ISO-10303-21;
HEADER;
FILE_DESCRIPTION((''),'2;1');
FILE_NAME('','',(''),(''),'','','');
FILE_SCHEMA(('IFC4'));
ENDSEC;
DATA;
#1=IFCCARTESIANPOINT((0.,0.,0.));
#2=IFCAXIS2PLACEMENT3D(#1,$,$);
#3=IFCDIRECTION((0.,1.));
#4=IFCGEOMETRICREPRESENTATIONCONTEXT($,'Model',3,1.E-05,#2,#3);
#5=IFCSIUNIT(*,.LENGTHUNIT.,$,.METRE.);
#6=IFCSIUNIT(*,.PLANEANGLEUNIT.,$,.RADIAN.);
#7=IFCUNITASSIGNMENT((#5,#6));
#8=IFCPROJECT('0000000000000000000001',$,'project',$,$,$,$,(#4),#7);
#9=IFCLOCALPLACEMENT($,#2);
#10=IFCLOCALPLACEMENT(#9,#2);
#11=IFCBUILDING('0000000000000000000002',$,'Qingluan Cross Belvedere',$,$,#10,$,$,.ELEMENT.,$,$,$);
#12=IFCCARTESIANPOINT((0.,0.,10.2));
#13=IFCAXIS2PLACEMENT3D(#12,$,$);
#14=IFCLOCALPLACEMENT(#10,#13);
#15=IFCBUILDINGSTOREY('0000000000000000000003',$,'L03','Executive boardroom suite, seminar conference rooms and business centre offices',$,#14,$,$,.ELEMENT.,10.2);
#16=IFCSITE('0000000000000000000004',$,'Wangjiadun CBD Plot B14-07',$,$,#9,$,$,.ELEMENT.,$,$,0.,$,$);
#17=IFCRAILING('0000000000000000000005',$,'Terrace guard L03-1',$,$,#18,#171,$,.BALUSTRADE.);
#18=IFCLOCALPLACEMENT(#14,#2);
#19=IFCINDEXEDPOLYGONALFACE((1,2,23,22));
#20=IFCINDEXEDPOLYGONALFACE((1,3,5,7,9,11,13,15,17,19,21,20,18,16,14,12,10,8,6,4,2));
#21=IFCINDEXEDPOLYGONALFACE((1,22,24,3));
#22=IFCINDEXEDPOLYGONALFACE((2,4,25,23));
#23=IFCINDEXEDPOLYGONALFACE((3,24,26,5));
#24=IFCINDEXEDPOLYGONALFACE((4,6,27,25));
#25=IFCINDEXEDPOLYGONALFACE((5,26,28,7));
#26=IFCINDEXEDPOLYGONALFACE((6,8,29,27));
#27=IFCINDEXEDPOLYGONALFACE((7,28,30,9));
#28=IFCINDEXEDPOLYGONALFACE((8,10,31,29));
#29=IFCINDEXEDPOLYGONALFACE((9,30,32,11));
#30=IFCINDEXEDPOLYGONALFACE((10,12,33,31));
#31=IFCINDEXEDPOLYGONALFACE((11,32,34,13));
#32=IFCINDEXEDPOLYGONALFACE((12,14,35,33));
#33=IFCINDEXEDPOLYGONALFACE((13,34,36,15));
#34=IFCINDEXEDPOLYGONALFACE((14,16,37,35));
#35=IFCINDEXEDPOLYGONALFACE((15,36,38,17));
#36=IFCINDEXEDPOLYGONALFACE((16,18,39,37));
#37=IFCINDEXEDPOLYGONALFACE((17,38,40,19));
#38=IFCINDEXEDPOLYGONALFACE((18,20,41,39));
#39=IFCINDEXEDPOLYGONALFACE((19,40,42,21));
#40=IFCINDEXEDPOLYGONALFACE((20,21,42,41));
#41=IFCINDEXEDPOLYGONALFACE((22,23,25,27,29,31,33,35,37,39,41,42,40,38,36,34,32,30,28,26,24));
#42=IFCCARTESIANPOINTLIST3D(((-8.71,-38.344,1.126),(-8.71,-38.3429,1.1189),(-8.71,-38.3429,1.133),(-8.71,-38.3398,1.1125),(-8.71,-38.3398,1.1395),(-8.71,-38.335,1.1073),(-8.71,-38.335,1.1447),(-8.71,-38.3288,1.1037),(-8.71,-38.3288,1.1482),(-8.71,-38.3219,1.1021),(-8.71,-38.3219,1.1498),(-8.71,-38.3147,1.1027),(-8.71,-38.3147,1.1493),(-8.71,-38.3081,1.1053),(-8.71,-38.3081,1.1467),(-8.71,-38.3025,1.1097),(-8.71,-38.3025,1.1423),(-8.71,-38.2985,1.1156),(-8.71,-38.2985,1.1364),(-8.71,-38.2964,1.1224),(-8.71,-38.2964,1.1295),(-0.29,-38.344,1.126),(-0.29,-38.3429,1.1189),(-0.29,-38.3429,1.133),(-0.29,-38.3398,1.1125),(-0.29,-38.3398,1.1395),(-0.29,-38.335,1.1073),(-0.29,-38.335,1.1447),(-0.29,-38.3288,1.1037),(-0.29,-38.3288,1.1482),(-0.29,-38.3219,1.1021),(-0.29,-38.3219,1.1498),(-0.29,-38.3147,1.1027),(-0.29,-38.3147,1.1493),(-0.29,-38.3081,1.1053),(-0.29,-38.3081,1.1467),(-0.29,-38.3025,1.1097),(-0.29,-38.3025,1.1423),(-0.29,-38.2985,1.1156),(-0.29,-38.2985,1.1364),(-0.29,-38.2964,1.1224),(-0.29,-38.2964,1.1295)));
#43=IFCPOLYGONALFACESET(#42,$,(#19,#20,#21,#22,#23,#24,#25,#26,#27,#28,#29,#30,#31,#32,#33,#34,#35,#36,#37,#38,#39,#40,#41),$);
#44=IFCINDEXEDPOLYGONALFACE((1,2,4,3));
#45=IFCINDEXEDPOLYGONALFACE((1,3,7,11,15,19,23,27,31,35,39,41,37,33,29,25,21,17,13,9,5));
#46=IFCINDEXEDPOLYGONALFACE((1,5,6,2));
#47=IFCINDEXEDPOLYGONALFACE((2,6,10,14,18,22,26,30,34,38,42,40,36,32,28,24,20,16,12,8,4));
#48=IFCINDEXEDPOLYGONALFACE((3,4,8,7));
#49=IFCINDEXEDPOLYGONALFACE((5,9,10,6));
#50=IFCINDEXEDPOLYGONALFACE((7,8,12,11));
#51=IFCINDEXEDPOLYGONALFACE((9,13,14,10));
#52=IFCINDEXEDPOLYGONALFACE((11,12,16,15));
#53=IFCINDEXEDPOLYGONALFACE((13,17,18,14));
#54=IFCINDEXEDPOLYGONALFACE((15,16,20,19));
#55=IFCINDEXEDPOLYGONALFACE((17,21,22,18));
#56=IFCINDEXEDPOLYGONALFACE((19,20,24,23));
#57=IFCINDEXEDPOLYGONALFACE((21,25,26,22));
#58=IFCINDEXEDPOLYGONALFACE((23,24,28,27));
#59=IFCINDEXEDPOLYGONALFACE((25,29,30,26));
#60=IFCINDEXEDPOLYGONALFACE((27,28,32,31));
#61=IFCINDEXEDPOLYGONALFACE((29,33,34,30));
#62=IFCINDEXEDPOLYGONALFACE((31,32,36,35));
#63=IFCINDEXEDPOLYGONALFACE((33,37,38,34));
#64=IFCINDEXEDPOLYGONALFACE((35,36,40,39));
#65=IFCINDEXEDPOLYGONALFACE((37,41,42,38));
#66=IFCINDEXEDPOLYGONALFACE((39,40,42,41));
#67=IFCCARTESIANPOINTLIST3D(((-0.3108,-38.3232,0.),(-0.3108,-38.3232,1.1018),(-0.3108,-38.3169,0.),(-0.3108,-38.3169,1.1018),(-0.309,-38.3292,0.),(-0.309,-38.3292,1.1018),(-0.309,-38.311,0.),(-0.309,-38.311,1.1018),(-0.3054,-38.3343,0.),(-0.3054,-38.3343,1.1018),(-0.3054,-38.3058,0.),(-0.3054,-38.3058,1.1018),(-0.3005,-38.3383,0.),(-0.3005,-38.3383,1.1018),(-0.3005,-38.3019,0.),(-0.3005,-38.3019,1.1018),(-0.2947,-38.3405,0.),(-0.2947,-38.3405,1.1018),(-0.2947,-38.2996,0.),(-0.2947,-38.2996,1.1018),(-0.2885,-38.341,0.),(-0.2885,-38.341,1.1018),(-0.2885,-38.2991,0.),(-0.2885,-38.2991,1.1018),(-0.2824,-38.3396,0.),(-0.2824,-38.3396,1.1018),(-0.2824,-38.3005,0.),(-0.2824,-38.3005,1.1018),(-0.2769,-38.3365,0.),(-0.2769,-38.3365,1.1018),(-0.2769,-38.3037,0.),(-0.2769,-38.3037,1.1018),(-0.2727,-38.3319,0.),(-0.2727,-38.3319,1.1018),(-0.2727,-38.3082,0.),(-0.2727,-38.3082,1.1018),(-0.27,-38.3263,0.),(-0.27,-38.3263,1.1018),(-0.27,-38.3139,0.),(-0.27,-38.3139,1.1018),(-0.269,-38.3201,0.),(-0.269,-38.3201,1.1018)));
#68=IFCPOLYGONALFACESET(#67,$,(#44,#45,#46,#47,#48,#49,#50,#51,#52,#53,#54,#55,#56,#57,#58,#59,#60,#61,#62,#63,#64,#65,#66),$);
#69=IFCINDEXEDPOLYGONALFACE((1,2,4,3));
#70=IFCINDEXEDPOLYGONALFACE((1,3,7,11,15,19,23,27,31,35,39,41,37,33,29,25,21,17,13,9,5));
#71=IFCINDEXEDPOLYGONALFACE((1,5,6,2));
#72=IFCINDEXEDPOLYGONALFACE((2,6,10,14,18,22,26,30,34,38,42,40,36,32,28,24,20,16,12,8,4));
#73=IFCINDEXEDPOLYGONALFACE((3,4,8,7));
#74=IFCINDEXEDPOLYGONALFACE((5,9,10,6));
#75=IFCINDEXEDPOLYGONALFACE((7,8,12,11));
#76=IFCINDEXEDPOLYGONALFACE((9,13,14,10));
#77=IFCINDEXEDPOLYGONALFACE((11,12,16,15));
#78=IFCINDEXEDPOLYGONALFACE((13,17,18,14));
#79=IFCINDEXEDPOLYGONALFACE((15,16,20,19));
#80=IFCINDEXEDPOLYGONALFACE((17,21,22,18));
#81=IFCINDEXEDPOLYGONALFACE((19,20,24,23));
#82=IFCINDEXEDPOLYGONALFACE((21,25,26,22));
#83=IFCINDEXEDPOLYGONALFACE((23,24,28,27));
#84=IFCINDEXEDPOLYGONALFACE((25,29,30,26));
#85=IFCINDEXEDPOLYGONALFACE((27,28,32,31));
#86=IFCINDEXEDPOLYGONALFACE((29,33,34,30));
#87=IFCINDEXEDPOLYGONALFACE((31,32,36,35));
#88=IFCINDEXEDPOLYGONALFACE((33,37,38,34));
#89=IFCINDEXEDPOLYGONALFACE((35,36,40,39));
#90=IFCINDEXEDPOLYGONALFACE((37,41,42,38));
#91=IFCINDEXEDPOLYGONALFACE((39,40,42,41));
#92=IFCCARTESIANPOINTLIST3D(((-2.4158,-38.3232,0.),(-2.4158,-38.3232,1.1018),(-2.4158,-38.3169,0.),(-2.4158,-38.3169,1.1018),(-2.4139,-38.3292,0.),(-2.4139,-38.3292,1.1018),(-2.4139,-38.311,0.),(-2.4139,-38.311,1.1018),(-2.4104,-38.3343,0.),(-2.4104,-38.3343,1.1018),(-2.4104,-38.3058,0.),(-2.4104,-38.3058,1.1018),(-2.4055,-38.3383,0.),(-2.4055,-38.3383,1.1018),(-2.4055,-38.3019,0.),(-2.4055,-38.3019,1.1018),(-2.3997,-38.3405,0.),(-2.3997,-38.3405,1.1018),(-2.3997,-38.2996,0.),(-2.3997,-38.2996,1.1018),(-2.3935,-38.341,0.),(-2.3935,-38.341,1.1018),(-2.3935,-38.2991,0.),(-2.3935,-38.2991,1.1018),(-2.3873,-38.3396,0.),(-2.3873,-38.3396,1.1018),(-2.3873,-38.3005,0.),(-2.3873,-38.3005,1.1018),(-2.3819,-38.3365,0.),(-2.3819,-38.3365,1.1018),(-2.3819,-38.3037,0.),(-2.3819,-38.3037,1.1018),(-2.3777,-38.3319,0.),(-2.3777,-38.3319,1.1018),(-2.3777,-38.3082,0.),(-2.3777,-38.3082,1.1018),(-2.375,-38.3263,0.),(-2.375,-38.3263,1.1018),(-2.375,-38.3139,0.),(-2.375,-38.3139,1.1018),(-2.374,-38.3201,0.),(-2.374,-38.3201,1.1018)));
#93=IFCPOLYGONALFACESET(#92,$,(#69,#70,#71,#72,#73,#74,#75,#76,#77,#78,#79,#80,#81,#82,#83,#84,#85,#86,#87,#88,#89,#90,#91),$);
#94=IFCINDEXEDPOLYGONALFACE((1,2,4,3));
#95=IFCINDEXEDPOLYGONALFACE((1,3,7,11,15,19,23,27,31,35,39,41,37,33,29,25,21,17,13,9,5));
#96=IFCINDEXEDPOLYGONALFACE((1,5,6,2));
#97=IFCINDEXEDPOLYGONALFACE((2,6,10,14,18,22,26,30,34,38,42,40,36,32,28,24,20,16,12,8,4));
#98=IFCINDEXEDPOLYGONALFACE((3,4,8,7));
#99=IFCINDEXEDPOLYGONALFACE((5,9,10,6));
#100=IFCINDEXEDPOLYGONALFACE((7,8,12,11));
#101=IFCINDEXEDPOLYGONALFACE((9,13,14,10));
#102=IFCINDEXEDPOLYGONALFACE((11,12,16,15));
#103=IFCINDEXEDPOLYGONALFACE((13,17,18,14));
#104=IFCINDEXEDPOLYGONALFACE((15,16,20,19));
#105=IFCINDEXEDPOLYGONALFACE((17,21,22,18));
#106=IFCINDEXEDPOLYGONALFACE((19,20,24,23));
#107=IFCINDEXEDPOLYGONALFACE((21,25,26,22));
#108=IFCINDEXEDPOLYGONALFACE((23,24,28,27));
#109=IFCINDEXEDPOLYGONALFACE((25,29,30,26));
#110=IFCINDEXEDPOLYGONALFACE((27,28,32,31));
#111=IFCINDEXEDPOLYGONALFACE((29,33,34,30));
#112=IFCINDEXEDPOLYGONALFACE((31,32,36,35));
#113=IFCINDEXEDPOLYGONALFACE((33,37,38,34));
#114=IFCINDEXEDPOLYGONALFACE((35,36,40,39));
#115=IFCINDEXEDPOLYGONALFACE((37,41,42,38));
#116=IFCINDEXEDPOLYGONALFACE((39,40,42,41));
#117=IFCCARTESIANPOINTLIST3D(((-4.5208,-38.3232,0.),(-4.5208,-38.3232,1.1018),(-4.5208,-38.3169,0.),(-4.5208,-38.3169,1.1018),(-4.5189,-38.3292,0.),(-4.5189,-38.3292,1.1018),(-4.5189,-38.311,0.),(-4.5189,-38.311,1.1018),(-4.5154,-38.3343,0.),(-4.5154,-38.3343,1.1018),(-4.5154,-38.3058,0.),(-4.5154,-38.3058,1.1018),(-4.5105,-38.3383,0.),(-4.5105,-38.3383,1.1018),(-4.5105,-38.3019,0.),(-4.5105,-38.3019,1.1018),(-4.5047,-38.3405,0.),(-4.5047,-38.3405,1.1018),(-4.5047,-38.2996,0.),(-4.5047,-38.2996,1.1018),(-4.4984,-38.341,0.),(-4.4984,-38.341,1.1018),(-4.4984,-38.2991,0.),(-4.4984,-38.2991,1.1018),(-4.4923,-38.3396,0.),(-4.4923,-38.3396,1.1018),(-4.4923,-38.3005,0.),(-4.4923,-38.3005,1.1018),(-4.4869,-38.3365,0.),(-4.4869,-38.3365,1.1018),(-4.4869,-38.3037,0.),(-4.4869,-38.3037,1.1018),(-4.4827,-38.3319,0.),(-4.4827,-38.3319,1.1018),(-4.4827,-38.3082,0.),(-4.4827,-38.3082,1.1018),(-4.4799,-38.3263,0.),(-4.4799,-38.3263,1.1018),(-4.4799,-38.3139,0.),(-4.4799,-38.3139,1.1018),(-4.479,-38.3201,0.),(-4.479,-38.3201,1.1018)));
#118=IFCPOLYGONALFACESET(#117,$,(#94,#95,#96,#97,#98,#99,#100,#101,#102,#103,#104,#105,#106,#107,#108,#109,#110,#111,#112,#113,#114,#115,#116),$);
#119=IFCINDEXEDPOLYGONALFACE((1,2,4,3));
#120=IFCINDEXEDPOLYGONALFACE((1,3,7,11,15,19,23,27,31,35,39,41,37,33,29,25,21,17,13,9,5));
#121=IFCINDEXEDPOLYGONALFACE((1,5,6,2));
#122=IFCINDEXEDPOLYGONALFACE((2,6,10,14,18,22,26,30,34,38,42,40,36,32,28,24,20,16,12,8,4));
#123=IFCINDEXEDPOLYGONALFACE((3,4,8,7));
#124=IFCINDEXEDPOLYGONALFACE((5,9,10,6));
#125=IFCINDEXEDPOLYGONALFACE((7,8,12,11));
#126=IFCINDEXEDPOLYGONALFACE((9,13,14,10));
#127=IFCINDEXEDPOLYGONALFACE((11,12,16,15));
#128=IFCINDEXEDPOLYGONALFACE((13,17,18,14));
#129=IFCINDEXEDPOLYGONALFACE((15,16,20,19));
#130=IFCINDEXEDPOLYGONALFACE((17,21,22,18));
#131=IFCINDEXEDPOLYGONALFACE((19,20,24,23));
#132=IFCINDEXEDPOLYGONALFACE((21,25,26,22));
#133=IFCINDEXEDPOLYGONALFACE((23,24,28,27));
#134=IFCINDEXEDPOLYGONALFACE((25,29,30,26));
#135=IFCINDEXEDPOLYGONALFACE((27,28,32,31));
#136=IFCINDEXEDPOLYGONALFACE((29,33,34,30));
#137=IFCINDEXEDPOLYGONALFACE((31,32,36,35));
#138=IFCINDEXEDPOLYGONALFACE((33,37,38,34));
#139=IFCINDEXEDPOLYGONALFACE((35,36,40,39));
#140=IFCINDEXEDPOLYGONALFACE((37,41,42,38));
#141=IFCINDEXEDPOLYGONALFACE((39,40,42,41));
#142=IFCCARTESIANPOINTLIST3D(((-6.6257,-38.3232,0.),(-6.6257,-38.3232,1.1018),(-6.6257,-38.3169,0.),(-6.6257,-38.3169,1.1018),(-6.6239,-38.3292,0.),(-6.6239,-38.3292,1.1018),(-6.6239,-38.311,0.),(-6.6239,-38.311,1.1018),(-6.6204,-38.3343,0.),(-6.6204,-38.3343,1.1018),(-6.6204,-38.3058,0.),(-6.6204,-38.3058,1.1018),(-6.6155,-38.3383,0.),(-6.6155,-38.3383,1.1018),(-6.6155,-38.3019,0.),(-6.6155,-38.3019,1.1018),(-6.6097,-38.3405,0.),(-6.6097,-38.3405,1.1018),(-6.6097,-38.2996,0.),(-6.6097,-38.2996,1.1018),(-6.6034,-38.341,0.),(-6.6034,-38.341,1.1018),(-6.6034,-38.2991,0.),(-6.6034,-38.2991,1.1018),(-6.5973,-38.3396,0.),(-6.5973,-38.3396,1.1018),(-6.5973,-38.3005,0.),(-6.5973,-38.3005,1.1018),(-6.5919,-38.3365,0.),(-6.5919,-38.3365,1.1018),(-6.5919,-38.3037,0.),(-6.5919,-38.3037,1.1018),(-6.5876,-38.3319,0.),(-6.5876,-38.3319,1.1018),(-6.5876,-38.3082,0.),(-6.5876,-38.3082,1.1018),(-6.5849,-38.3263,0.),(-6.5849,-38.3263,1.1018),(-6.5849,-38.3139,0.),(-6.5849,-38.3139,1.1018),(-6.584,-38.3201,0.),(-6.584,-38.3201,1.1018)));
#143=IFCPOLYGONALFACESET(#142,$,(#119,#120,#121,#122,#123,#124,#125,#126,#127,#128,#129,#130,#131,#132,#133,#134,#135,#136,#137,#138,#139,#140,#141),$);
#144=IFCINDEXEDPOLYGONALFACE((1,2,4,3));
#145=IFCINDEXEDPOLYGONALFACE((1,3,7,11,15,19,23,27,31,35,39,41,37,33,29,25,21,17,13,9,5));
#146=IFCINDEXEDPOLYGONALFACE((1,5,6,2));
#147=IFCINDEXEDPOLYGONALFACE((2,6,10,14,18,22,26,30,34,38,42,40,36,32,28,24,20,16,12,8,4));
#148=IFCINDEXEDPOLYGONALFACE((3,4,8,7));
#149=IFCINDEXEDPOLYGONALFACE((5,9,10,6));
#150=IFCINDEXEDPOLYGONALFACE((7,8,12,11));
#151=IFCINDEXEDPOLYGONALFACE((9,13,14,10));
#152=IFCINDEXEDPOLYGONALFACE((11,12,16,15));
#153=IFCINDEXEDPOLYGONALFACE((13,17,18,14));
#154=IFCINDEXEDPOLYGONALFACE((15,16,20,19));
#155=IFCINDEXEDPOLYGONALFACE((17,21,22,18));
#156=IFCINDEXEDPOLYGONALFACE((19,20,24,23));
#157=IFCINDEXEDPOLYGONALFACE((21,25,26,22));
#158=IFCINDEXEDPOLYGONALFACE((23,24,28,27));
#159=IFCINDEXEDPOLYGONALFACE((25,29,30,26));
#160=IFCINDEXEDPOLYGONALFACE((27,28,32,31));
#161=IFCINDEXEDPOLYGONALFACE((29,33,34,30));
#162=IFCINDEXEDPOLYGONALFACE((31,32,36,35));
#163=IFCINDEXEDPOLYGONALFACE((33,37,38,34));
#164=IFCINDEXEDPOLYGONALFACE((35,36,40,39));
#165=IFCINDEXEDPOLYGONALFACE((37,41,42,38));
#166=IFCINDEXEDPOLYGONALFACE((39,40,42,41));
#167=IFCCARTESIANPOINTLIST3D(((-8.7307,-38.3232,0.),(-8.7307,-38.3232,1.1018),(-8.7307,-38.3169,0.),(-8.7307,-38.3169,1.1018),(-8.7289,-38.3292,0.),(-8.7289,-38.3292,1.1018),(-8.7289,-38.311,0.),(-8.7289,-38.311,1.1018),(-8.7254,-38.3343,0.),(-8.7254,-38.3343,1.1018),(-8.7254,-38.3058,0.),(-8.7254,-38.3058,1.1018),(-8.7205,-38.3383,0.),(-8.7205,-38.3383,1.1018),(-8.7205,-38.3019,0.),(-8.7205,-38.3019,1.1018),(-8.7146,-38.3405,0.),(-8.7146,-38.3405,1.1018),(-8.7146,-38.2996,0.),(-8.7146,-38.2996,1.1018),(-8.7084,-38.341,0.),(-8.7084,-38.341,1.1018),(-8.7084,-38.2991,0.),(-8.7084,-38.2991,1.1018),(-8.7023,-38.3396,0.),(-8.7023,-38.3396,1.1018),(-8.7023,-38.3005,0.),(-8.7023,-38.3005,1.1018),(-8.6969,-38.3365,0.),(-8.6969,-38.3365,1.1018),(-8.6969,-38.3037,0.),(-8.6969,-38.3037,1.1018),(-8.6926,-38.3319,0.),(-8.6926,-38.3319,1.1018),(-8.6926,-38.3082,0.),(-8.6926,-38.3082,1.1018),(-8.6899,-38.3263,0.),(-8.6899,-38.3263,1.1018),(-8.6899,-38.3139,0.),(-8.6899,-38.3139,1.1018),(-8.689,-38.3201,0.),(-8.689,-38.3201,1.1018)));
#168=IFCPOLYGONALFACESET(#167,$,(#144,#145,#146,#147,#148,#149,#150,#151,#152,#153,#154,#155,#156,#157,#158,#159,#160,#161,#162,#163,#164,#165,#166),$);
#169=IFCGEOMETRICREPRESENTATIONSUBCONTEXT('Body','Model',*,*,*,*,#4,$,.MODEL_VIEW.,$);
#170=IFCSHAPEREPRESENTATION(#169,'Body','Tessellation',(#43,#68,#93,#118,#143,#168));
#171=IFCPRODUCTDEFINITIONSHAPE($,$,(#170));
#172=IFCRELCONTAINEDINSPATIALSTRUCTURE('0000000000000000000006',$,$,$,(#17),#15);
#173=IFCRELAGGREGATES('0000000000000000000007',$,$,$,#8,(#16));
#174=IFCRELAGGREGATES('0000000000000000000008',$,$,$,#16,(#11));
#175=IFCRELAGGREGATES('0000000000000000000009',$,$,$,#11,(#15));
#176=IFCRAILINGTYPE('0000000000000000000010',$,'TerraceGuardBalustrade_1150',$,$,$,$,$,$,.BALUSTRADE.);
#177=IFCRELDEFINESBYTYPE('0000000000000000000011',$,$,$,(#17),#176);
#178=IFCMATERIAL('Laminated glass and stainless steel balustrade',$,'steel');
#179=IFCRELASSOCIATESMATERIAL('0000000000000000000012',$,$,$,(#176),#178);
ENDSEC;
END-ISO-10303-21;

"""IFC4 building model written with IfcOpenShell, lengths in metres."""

from ifc_helpers import new_model, si_unit, direction, frame, origin, origin_2d, place, context, subcontext, project, spatial, circle, extrude, material, type_object, element, save


model = new_model("IFC4")

# Units and contexts
model_context = context("Model", 3, precision=1e-05, world=origin(), true_north=direction((0.0, 1.0)))
body_context = subcontext(model_context, "Body", "Model", "MODEL_VIEW")
ifc_project = project(units=[si_unit("LENGTHUNIT", "METRE"), si_unit("PLANEANGLEUNIT", "RADIAN")], contexts=[model_context])

# Site, building, storey
site_placement = place(None, origin())
site = spatial("IfcSite", under=ifc_project, at=site_placement, Name="Wangjiadun CBD Plot B14-07", CompositionType="ELEMENT", RefElevation=0.0)
building_placement = place(site_placement, origin())
building = spatial("IfcBuilding", under=site, at=building_placement, Name="Qingluan Cross Belvedere", CompositionType="ELEMENT")
storey_placement = place(building_placement, frame((0.0, 0.0, 10.2)))
storey = spatial("IfcBuildingStorey", under=building, at=storey_placement, Name="L03", Description="Executive boardroom suite, seminar conference rooms and business centre offices", CompositionType="ELEMENT", Elevation=10.2)

# Railing
ifc_material_1 = material(Name="Laminated glass and stainless steel balustrade", Category="steel")
railing_type = type_object("IfcRailingType", Name="TerraceGuardBalustrade_1150", PredefinedType="BALUSTRADE", material=ifc_material_1)
railing_placement = place(storey_placement, frame((-0.29, -38.3201, 0.0)))
element("IfcRailing", 1, at=railing_placement, inside=storey, type_object=railing_type, Name="Terrace guard L03-1", PredefinedType="BALUSTRADE", context=body_context, shape_type="SweptSolid", body=[
    extrude(circle(Radius=0.0239, at=origin_2d()), frame((0.0, 0.0, 1.126), z_axis=(-1.0, 0.0, 0.0), x_axis=(0.0, -1.0, 0.0)), (0.0, 0.0, 1.0), 8.4199),
    extrude(circle(Radius=0.021, at=origin_2d()), origin(), (0.0, 0.0, 1.0), 1.1018),
    extrude(circle(Radius=0.021, at=origin_2d()), frame((-2.105, 0.0, 0.0)), (0.0, 0.0, 1.0), 1.1018),
    extrude(circle(Radius=0.021, at=origin_2d()), frame((-4.21, 0.0, 0.0)), (0.0, 0.0, 1.0), 1.1018),
    extrude(circle(Radius=0.021, at=origin_2d()), frame((-6.3149, 0.0, 0.0)), (0.0, 0.0, 1.0), 1.1018),
    extrude(circle(Radius=0.021, at=origin_2d()), frame((-8.4199, 0.0, 0.0)), (0.0, 0.0, 1.0), 1.1018),
])

save(model, "model.ifc")
